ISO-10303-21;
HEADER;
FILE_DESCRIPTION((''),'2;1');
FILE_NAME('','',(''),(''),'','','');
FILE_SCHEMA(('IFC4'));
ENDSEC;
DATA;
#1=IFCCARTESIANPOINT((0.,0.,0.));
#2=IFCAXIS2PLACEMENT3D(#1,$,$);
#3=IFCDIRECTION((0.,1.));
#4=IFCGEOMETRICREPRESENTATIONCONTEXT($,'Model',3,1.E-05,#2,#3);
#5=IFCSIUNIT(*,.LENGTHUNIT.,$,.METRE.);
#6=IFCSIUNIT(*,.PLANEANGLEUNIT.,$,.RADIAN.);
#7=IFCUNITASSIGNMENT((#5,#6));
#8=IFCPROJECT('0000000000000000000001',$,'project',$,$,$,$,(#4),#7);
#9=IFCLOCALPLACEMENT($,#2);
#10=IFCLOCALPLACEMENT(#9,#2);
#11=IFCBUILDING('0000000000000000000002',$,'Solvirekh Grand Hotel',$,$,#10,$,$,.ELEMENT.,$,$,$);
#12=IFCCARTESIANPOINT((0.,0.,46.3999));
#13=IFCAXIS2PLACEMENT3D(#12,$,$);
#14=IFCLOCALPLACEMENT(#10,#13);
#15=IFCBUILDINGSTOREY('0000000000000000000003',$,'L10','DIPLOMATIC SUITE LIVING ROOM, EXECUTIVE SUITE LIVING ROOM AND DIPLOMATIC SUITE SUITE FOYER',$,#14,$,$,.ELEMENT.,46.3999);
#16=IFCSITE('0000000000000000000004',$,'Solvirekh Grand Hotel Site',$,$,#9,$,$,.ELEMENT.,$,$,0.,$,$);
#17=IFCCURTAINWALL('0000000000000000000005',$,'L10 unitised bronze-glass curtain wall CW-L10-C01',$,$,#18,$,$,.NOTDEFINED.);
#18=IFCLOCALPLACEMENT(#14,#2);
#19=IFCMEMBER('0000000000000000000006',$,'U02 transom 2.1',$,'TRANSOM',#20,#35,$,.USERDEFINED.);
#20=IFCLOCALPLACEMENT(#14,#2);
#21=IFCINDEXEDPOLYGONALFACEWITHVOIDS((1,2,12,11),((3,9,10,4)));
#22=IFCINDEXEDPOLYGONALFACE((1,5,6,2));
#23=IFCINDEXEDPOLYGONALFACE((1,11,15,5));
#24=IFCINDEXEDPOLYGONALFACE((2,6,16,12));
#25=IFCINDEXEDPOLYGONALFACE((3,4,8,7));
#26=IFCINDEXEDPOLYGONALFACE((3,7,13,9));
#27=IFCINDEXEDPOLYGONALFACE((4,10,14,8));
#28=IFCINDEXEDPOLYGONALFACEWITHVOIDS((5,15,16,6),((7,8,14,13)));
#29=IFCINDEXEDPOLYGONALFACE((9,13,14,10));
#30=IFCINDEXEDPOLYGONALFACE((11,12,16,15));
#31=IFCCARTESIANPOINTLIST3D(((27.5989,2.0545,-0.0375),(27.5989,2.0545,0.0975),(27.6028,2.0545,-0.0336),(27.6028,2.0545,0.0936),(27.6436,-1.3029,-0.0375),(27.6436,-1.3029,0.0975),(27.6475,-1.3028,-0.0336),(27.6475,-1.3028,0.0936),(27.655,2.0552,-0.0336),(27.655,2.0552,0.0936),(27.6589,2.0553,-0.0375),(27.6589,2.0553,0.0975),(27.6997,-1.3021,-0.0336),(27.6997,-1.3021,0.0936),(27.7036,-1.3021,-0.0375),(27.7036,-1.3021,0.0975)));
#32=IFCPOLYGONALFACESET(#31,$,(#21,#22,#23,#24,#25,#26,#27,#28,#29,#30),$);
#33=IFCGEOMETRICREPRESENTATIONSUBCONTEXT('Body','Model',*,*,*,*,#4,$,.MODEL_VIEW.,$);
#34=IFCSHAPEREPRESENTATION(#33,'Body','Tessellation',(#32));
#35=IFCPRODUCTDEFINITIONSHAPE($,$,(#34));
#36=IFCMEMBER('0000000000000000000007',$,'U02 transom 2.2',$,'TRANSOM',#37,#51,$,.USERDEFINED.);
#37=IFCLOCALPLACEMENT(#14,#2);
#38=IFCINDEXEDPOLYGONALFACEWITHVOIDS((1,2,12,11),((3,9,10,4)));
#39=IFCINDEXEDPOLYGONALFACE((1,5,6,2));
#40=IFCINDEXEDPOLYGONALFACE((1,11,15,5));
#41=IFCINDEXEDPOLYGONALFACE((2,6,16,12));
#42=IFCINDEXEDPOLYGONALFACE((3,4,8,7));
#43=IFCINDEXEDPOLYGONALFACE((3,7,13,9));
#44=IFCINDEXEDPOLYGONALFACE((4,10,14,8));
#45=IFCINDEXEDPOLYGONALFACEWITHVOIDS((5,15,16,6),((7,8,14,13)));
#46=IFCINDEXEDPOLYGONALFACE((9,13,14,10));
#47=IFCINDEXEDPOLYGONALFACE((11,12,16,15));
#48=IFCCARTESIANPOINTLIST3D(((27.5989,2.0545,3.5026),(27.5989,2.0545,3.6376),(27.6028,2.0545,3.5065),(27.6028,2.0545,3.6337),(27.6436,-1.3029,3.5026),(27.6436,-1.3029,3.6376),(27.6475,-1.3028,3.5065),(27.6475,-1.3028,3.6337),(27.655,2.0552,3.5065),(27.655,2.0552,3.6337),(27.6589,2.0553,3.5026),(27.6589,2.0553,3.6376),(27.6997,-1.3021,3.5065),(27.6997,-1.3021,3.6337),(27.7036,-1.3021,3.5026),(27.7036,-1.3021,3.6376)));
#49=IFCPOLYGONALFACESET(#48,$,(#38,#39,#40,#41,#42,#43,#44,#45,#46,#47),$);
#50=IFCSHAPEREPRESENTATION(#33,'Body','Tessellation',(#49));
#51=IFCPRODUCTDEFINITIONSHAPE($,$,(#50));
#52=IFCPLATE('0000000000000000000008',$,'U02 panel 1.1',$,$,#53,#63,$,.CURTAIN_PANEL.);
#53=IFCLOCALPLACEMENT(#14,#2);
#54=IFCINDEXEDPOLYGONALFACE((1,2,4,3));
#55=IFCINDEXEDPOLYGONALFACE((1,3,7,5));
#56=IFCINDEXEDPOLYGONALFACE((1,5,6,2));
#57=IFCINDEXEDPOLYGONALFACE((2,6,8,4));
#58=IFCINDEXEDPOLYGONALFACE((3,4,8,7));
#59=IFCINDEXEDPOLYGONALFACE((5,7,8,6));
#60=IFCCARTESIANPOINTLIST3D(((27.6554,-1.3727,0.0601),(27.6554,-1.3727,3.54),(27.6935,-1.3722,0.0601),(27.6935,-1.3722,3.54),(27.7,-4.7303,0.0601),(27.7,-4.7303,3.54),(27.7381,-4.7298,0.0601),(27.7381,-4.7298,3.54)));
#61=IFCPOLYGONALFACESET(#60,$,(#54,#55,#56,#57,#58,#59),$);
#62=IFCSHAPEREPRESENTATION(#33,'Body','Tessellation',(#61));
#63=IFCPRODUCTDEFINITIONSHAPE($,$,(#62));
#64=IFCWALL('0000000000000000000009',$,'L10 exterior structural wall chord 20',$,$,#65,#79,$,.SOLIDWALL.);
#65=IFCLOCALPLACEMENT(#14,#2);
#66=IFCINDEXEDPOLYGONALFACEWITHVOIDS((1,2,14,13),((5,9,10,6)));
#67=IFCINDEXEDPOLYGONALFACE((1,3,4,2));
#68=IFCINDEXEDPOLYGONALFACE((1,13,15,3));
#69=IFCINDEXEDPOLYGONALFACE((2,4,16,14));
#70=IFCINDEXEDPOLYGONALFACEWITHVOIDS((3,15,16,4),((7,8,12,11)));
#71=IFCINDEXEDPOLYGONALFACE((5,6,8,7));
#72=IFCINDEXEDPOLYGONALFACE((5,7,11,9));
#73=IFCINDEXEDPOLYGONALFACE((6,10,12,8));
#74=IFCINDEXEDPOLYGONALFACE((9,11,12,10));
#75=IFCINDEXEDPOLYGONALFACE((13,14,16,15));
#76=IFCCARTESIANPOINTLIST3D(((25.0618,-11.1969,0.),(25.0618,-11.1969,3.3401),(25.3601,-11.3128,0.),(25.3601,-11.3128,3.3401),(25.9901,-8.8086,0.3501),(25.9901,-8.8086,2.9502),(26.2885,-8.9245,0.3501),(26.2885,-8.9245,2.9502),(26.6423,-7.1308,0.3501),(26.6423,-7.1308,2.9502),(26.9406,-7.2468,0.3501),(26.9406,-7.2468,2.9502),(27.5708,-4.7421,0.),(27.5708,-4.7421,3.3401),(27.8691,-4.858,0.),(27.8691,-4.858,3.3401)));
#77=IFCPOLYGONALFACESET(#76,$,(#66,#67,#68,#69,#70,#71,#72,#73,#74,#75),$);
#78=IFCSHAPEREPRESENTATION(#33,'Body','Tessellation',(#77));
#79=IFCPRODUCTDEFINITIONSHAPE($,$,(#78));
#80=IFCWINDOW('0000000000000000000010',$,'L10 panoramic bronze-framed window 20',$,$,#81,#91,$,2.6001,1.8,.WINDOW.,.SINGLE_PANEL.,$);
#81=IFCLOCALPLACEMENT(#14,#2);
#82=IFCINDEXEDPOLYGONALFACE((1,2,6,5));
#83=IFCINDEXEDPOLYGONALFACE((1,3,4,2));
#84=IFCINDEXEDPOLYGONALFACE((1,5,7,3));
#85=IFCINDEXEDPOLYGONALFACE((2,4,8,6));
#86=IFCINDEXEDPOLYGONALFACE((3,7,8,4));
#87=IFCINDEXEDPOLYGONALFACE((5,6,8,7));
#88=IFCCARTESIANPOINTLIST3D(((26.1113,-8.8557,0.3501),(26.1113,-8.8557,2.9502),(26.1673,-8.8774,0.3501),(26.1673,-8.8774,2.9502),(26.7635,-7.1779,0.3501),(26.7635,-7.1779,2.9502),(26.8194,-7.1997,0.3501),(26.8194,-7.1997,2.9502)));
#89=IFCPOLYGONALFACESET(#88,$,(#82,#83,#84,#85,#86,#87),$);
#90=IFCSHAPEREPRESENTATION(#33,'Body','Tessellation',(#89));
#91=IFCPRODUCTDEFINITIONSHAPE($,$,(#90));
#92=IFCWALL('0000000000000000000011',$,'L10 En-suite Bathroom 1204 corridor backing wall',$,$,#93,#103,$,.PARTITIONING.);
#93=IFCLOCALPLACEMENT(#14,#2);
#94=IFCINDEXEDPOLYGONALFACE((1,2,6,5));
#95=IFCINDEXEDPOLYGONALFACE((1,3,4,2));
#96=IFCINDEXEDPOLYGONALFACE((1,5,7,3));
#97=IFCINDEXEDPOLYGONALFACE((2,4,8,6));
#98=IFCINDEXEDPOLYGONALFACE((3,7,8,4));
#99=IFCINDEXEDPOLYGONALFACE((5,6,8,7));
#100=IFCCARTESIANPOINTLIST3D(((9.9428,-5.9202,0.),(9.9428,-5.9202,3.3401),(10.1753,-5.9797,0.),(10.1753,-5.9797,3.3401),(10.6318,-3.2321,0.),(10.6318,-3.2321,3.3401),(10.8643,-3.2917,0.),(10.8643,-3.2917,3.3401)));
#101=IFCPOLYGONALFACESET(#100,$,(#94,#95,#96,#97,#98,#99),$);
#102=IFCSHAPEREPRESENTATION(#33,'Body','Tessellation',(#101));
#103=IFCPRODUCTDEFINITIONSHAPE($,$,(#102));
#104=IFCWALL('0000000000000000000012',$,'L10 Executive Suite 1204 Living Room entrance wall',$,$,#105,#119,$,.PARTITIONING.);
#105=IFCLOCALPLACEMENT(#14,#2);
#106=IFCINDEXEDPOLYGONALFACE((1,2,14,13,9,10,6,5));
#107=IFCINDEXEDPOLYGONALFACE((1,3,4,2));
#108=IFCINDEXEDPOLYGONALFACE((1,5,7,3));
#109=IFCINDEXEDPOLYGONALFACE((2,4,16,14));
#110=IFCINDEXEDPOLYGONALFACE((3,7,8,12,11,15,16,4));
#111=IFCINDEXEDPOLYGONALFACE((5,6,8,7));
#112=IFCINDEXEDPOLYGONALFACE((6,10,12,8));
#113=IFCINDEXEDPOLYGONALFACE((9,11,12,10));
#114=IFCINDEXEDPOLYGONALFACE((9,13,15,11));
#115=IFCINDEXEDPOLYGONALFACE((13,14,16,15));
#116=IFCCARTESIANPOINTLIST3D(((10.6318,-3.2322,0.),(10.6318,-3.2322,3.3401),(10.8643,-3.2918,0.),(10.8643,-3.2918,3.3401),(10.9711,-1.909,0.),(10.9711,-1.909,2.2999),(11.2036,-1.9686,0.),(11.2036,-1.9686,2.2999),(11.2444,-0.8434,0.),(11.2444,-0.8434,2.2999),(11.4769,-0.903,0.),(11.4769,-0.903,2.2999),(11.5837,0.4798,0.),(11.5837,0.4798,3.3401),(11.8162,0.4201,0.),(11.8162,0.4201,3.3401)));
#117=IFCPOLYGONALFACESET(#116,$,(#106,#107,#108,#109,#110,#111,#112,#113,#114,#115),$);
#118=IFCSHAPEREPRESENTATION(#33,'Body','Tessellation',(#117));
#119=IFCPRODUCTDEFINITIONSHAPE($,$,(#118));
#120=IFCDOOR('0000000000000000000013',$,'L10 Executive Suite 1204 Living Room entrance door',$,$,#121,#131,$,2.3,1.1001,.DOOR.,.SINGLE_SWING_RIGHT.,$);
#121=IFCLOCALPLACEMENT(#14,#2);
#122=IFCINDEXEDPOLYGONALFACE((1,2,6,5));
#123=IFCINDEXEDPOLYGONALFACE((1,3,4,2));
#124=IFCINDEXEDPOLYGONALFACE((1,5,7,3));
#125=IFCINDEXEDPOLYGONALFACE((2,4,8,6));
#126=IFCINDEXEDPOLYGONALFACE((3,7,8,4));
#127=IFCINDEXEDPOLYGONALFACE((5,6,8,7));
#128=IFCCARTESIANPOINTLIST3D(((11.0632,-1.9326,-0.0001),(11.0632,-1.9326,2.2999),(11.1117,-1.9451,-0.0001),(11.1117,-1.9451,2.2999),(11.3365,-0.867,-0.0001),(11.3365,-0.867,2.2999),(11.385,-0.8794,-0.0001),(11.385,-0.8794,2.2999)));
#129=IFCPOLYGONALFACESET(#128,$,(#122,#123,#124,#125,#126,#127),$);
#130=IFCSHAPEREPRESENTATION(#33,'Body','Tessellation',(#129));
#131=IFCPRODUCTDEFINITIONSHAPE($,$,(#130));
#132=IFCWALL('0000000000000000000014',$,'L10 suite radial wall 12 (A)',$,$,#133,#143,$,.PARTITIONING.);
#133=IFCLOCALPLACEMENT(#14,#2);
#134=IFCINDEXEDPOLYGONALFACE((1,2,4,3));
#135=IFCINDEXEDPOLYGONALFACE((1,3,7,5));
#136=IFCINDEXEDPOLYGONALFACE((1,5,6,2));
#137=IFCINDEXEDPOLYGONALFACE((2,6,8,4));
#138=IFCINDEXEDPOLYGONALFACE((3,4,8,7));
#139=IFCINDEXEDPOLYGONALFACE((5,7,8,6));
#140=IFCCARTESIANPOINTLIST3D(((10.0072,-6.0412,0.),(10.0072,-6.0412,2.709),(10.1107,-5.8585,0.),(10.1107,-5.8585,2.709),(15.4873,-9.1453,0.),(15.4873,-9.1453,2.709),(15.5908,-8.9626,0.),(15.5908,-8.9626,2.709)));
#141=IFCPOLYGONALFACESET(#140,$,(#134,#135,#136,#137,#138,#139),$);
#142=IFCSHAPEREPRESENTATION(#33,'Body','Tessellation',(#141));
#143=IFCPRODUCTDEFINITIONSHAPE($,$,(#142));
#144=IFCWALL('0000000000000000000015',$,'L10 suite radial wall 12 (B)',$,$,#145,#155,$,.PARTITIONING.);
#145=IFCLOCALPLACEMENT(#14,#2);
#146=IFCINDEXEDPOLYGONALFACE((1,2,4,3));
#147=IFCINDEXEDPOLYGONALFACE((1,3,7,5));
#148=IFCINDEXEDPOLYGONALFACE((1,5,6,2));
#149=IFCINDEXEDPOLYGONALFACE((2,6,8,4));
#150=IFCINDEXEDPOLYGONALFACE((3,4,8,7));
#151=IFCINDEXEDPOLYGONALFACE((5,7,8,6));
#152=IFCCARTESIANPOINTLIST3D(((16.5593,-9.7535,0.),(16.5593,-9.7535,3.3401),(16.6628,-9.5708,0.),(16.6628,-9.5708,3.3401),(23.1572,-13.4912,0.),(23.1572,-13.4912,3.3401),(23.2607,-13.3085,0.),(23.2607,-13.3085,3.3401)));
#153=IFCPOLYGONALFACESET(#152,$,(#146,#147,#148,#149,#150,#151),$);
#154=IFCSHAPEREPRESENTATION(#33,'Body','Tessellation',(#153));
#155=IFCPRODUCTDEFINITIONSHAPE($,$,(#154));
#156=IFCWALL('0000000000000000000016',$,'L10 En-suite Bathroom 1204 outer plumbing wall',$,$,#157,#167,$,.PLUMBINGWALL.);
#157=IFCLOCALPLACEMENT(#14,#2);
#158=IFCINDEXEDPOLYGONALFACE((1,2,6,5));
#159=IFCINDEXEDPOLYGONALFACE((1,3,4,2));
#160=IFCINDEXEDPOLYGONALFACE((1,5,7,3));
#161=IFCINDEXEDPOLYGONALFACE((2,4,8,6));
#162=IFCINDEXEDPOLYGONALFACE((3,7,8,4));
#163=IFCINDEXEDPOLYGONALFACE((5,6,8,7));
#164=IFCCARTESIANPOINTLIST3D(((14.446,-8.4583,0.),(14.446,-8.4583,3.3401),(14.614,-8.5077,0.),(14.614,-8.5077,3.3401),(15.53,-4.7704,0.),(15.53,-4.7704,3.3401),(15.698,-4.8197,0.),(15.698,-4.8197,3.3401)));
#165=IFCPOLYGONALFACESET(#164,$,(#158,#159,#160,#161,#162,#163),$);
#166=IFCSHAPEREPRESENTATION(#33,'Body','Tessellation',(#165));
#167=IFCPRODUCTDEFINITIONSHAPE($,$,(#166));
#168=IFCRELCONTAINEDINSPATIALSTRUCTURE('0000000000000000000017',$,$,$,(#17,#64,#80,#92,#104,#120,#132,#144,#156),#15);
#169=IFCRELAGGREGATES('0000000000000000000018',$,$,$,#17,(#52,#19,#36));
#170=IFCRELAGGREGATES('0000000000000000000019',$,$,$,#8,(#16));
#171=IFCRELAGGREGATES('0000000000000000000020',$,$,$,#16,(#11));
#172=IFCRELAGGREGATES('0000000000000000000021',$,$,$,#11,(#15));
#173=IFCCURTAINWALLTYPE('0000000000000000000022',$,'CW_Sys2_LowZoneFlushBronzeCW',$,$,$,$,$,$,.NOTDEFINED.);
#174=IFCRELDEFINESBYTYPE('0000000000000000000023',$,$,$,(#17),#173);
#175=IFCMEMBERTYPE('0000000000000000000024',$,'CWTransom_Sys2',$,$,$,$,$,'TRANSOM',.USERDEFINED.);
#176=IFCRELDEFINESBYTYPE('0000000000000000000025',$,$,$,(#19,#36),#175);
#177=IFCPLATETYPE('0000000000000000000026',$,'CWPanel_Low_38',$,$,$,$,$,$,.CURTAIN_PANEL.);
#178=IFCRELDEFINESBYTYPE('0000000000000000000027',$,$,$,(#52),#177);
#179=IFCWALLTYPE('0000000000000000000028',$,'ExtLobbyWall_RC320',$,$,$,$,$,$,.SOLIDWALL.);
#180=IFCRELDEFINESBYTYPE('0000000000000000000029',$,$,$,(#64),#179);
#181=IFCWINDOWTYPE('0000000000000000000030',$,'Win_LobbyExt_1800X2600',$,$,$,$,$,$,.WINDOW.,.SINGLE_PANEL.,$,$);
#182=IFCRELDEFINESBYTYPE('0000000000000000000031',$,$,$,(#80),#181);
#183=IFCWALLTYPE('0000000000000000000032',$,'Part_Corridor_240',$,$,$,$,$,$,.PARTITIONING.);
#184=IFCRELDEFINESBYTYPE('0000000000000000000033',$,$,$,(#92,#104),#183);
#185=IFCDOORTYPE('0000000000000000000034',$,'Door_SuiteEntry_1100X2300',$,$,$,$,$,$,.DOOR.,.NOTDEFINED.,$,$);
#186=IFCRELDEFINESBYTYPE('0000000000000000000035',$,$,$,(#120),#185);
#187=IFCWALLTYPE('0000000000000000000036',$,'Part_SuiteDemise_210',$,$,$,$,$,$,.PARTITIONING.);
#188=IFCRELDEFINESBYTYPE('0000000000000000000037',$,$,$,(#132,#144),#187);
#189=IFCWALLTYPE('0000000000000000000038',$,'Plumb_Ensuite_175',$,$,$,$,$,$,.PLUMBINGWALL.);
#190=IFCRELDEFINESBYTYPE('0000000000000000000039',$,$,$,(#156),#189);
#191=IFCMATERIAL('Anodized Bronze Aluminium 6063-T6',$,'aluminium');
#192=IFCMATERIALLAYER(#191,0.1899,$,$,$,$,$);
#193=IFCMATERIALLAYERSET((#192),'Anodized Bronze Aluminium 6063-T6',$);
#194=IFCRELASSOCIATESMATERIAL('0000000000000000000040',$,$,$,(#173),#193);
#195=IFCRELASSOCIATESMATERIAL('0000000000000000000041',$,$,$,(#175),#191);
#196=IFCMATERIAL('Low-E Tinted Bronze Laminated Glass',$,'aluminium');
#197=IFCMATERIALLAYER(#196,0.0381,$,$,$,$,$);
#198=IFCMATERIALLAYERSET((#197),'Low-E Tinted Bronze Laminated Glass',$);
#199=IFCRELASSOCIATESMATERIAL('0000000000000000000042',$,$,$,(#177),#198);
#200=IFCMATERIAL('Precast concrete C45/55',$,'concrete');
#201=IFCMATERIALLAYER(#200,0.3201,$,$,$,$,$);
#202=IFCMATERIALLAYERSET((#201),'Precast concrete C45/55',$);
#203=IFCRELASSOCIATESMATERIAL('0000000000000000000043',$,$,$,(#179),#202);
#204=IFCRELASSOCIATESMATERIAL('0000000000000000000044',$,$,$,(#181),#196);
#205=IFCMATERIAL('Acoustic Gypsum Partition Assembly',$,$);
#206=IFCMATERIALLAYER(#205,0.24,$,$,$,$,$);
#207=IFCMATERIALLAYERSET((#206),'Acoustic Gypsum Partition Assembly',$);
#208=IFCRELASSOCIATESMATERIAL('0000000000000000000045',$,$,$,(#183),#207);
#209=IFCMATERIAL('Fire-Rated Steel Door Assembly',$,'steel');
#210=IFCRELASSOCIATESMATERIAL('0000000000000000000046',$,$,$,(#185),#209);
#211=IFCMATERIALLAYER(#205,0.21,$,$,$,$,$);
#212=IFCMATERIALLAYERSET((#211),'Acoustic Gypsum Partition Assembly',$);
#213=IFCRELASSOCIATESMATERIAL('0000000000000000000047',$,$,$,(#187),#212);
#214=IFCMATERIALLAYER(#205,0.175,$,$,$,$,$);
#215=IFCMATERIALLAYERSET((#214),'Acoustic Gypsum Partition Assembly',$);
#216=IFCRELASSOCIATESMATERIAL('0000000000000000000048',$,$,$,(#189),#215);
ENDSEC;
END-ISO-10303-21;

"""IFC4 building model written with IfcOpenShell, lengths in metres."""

from ifc_helpers import new_model, si_unit, direction, frame, frame_2d, origin, origin_2d, place, context, subcontext, project, spatial, rectangle, hollow_rectangle, extrude, source, transform, mapped, material, layer, layer_set, material_profile, profile_set, type_object, element, fill, aggregate, save


model = new_model("IFC4")

# Units and contexts
model_context = context("Model", 3, precision=1e-05, world=origin(), true_north=direction((0.0, 1.0)))
body_context = subcontext(model_context, "Body", "Model", "MODEL_VIEW")
ifc_project = project(units=[si_unit("LENGTHUNIT", "METRE"), si_unit("PLANEANGLEUNIT", "RADIAN")], contexts=[model_context])

# Site, building, storey
site_placement = place(None, origin())
site = spatial("IfcSite", under=ifc_project, at=site_placement, Name="Solvirekh Grand Hotel Site", CompositionType="ELEMENT", RefElevation=0.0)
building_placement = place(site_placement, origin())
building = spatial("IfcBuilding", under=site, at=building_placement, Name="Solvirekh Grand Hotel", CompositionType="ELEMENT")
storey_placement = place(building_placement, frame((0.0, 0.0, 46.3999)))
storey = spatial("IfcBuildingStorey", under=building, at=storey_placement, Name="L10", Description="DIPLOMATIC SUITE LIVING ROOM, EXECUTIVE SUITE LIVING ROOM AND DIPLOMATIC SUITE SUITE FOYER", CompositionType="ELEMENT", Elevation=46.3999)

# Curtain wall, members, plate
ifc_material_1 = material(Name="Anodized Bronze Aluminium 6063-T6", Category="aluminium")
ifc_layer_1 = layer(ifc_material_1, 0.1899)
ifc_layer_set_1 = layer_set([ifc_layer_1], Name="Anodized Bronze Aluminium 6063-T6")
curtain_wall_type = type_object("IfcCurtainWallType", Name="CW_Sys2_LowZoneFlushBronzeCW", PredefinedType="NOTDEFINED", material=ifc_layer_set_1)
curtain_wall_placement = place(storey_placement, origin())
curtain_wall = element("IfcCurtainWall", 1, at=curtain_wall_placement, inside=storey, type_object=curtain_wall_type, Name="L10 unitised bronze-glass curtain wall CW-L10-C01", PredefinedType="NOTDEFINED")
ifc_material_profile_1 = material_profile(ifc_material_1, hollow_rectangle(XDim=0.0601, YDim=0.135, WallThickness=0.0039, at=origin_2d()), Name="ALU RHS 135X60X4")
ifc_profile_set_1 = profile_set([ifc_material_profile_1], Name="Anodized Bronze Aluminium 6063-T6")
member_type_1 = type_object("IfcMemberType", Name="CWTransom_Sys2", ElementType="TRANSOM", PredefinedType="USERDEFINED", material=ifc_profile_set_1)
shared_shape_1 = source(origin(), body_context, "Body", "SweptSolid", [
    extrude(hollow_rectangle(XDim=0.0601, YDim=0.135, WallThickness=0.0039, at=origin_2d()), origin(), (0.0, 0.0, 1.0), 3.3577),
])
member_1_placement = place(storey_placement, frame((27.6736, -1.3025, 0.03), z_axis=(-0.013306, 0.999911, 0.0), x_axis=(-0.999911, -0.013306, 0.0)))
member_1 = element("IfcMember", 2, at=member_1_placement, type_object=member_type_1, Name="U02 transom 2.1", ObjectType="TRANSOM", PredefinedType="USERDEFINED", context=body_context, shape_type="MappedRepresentation", body=[
    mapped(shared_shape_1, transform((0.0, 0.0, 0.0), x_axis=(1.0, 0.0, 0.0), y_axis=(0.0, 1.0, 0.0), z_axis=(0.0, 0.0, 1.0), scale=1.0)),
])
member_2_placement = place(storey_placement, frame((27.6736, -1.3025, 3.5701), z_axis=(-0.013306, 0.999911, 0.0), x_axis=(-0.999911, -0.013306, 0.0)))
member_2 = element("IfcMember", 3, at=member_2_placement, type_object=member_type_1, Name="U02 transom 2.2", ObjectType="TRANSOM", PredefinedType="USERDEFINED", context=body_context, shape_type="MappedRepresentation", body=[
    mapped(shared_shape_1, transform((0.0, 0.0, 0.0), x_axis=(1.0, 0.0, 0.0), y_axis=(0.0, 1.0, 0.0), z_axis=(0.0, 0.0, 1.0), scale=1.0)),
])
ifc_material_2 = material(Name="Low-E Tinted Bronze Laminated Glass", Category="aluminium")
ifc_layer_2 = layer(ifc_material_2, 0.0381)
ifc_layer_set_2 = layer_set([ifc_layer_2], Name="Low-E Tinted Bronze Laminated Glass")
plate_type = type_object("IfcPlateType", Name="CWPanel_Low_38", PredefinedType="CURTAIN_PANEL", material=ifc_layer_set_2)
shared_shape_2 = source(origin(), body_context, "Body", "SweptSolid", [
    extrude(rectangle(XDim=3.3579, YDim=0.0381, at=origin_2d()), origin(), (0.0, 0.0, 1.0), 3.48),
])
plate_placement = place(storey_placement, frame((27.6968, -3.0513, 0.0601), z_axis=(0.0, 0.0, 1.0), x_axis=(-0.013284, 0.999912, 0.0)))
plate = element("IfcPlate", 4, at=plate_placement, type_object=plate_type, Name="U02 panel 1.1", PredefinedType="CURTAIN_PANEL", context=body_context, shape_type="MappedRepresentation", body=[
    mapped(shared_shape_2, transform((0.0, 0.0, 0.0), x_axis=(1.0, 0.0, 0.0), y_axis=(0.0, 1.0, 0.0), z_axis=(0.0, 0.0, 1.0), scale=1.0)),
])
aggregate(curtain_wall, [plate, member_1, member_2])

# Wall, opening, window
ifc_material_3 = material(Name="Precast concrete C45/55", Category="concrete")
ifc_layer_3 = layer(ifc_material_3, 0.3201)
ifc_layer_set_3 = layer_set([ifc_layer_3], Name="Precast concrete C45/55")
wall_type_1 = type_object("IfcWallType", Name="ExtLobbyWall_RC320", PredefinedType="SOLIDWALL", material=ifc_layer_set_3)
wall_1_placement = place(storey_placement, frame((27.72, -4.8, 0.0), z_axis=(0.0, 0.0, 1.0), x_axis=(-0.362298, -0.932062, 0.0)))
wall_1 = element("IfcWall", 5, at=wall_1_placement, inside=storey, type_object=wall_type_1, Name="L10 exterior structural wall chord 20", PredefinedType="SOLIDWALL", context=body_context, shape_type="SweptSolid", body=[
    extrude(rectangle(XDim=6.9253, YDim=0.3201, at=frame_2d((3.4626, 0.0))), origin(), (0.0, 0.0, 1.0), 3.3401),
])
opening_1_placement = place(wall_1_placement, frame((2.563, 0.0, 0.3501)))
opening_1 = element("IfcOpeningElement", 6, at=opening_1_placement, cuts=wall_1, PredefinedType="OPENING", context=body_context, shape_type="SweptSolid", body=[
    extrude(rectangle(XDim=1.8, YDim=2.6001, at=frame_2d((0.8999, 1.3))), frame((0.0, 0.1699, 0.0), z_axis=(0.0, -1.0, 0.0), x_axis=(1.0, 0.0, 0.0)), (0.0, 0.0, 1.0), 0.3401),
])
window_type = type_object("IfcWindowType", Name="Win_LobbyExt_1800X2600", PartitioningType="SINGLE_PANEL", PredefinedType="WINDOW", material=ifc_material_2)
window_placement = place(opening_1_placement, origin())
window = element("IfcWindow", 7, at=window_placement, inside=storey, type_object=window_type, Name="L10 panoramic bronze-framed window 20", OverallHeight=2.6001, OverallWidth=1.8, PartitioningType="SINGLE_PANEL", PredefinedType="WINDOW", context=body_context, shape_type="SweptSolid", body=[
    extrude(rectangle(XDim=1.8, YDim=2.6001, at=frame_2d((0.8999, 1.3))), frame((0.0, 0.03, 0.0), z_axis=(0.0, -1.0, 0.0), x_axis=(1.0, 0.0, 0.0)), (0.0, 0.0, 1.0), 0.0601),
])
fill(opening_1, window)

# Wall
ifc_material_4 = material(Name="Acoustic Gypsum Partition Assembly")
ifc_layer_4 = layer(ifc_material_4, 0.24)
ifc_layer_set_4 = layer_set([ifc_layer_4], Name="Acoustic Gypsum Partition Assembly")
wall_type_2 = type_object("IfcWallType", Name="Part_Corridor_240", PredefinedType="PARTITIONING", material=ifc_layer_set_4)
wall_2_placement = place(storey_placement, frame((10.0591, -5.95, 0.0), z_axis=(0.0, 0.0, 1.0), x_axis=(0.248286, 0.968687, 0.0)))
element("IfcWall", 8, at=wall_2_placement, inside=storey, type_object=wall_type_2, Name="L10 En-suite Bathroom 1204 corridor backing wall", PredefinedType="PARTITIONING", context=body_context, shape_type="SweptSolid", body=[
    extrude(rectangle(XDim=2.7749, YDim=0.24, at=frame_2d((1.3875, 0.0))), origin(), (0.0, 0.0, 1.0), 3.3401),
])

# Wall, opening, door
wall_3_placement = place(storey_placement, frame((10.748, -3.262, 0.0), z_axis=(0.0, 0.0, 1.0), x_axis=(0.248408, 0.968656, 0.0)))
wall_3 = element("IfcWall", 9, at=wall_3_placement, inside=storey, type_object=wall_type_2, Name="L10 Executive Suite 1204 Living Room entrance wall", PredefinedType="PARTITIONING", context=body_context, shape_type="SweptSolid", body=[
    extrude(rectangle(XDim=3.832, YDim=0.24, at=frame_2d((1.916, 0.0))), origin(), (0.0, 0.0, 1.0), 3.3401),
])
opening_2_placement = place(wall_3_placement, frame((1.366, 0.0, 0.0)))
opening_2 = element("IfcOpeningElement", 10, at=opening_2_placement, cuts=wall_3, PredefinedType="OPENING", context=body_context, shape_type="SweptSolid", body=[
    extrude(rectangle(XDim=1.1001, YDim=2.3, at=frame_2d((0.55, 1.1499))), frame((0.0, 0.1299, 0.0), z_axis=(0.0, -1.0, 0.0), x_axis=(1.0, 0.0, 0.0)), (0.0, 0.0, 1.0), 0.26),
])
ifc_material_5 = material(Name="Fire-Rated Steel Door Assembly", Category="steel")
door_type_1 = type_object("IfcDoorType", Name="Door_SuiteEntry_1100X2300", OperationType="NOTDEFINED", PredefinedType="DOOR", material=ifc_material_5)
door_1_placement = place(opening_2_placement, origin())
door_1 = element("IfcDoor", 11, at=door_1_placement, inside=storey, type_object=door_type_1, Name="L10 Executive Suite 1204 Living Room entrance door", OperationType="SINGLE_SWING_RIGHT", OverallHeight=2.3, OverallWidth=1.1001, PredefinedType="DOOR", context=body_context, shape_type="SweptSolid", body=[
    extrude(rectangle(XDim=1.1001, YDim=2.3, at=frame_2d((0.55, 1.1499))), frame((0.0, 0.0249, 0.0), z_axis=(0.0, -1.0, 0.0), x_axis=(1.0, 0.0, 0.0)), (0.0, 0.0, 1.0), 0.05),
])
fill(opening_2, door_1)

# Walls
ifc_layer_5 = layer(ifc_material_4, 0.21)
ifc_layer_set_5 = layer_set([ifc_layer_5], Name="Acoustic Gypsum Partition Assembly")
wall_type_3 = type_object("IfcWallType", Name="Part_SuiteDemise_210", PredefinedType="PARTITIONING", material=ifc_layer_set_5)
wall_4_placement = place(storey_placement, frame((10.0591, -5.95, 0.0), z_axis=(0.0, 0.0, 1.0), x_axis=(0.870112, -0.492854, 0.0)))
element("IfcWall", 12, at=wall_4_placement, inside=storey, type_object=wall_type_3, Name="L10 suite radial wall 12 (A)", PredefinedType="PARTITIONING", context=body_context, shape_type="SweptSolid", body=[
    extrude(rectangle(XDim=6.2981, YDim=0.21, at=frame_2d((3.1489, 0.0))), origin(), (0.0, 0.0, 1.0), 2.709),
])
wall_5_placement = place(storey_placement, frame((16.6111, -9.6621, 0.0), z_axis=(0.0, 0.0, 1.0), x_axis=(0.87008, -0.492911, 0.0)))
element("IfcWall", 13, at=wall_5_placement, inside=storey, type_object=wall_type_3, Name="L10 suite radial wall 12 (B)", PredefinedType="PARTITIONING", context=body_context, shape_type="SweptSolid", body=[
    extrude(rectangle(XDim=7.583, YDim=0.21, at=frame_2d((3.7915, 0.0))), origin(), (0.0, 0.0, 1.0), 3.3401),
])
ifc_layer_6 = layer(ifc_material_4, 0.175)
ifc_layer_set_6 = layer_set([ifc_layer_6], Name="Acoustic Gypsum Partition Assembly")
wall_type_4 = type_object("IfcWallType", Name="Plumb_Ensuite_175", PredefinedType="PLUMBINGWALL", material=ifc_layer_set_6)
wall_6_placement = place(storey_placement, frame((14.53, -8.4829, 0.0), z_axis=(0.0, 0.0, 1.0), x_axis=(0.281994, 0.959416, 0.0)))
element("IfcWall", 14, at=wall_6_placement, inside=storey, type_object=wall_type_4, Name="L10 En-suite Bathroom 1204 outer plumbing wall", PredefinedType="PLUMBINGWALL", context=body_context, shape_type="SweptSolid", body=[
    extrude(rectangle(XDim=3.844, YDim=0.175, at=frame_2d((1.9219, 0.0))), origin(), (0.0, 0.0, 1.0), 3.3401),
])

save(model, "model.ifc")
